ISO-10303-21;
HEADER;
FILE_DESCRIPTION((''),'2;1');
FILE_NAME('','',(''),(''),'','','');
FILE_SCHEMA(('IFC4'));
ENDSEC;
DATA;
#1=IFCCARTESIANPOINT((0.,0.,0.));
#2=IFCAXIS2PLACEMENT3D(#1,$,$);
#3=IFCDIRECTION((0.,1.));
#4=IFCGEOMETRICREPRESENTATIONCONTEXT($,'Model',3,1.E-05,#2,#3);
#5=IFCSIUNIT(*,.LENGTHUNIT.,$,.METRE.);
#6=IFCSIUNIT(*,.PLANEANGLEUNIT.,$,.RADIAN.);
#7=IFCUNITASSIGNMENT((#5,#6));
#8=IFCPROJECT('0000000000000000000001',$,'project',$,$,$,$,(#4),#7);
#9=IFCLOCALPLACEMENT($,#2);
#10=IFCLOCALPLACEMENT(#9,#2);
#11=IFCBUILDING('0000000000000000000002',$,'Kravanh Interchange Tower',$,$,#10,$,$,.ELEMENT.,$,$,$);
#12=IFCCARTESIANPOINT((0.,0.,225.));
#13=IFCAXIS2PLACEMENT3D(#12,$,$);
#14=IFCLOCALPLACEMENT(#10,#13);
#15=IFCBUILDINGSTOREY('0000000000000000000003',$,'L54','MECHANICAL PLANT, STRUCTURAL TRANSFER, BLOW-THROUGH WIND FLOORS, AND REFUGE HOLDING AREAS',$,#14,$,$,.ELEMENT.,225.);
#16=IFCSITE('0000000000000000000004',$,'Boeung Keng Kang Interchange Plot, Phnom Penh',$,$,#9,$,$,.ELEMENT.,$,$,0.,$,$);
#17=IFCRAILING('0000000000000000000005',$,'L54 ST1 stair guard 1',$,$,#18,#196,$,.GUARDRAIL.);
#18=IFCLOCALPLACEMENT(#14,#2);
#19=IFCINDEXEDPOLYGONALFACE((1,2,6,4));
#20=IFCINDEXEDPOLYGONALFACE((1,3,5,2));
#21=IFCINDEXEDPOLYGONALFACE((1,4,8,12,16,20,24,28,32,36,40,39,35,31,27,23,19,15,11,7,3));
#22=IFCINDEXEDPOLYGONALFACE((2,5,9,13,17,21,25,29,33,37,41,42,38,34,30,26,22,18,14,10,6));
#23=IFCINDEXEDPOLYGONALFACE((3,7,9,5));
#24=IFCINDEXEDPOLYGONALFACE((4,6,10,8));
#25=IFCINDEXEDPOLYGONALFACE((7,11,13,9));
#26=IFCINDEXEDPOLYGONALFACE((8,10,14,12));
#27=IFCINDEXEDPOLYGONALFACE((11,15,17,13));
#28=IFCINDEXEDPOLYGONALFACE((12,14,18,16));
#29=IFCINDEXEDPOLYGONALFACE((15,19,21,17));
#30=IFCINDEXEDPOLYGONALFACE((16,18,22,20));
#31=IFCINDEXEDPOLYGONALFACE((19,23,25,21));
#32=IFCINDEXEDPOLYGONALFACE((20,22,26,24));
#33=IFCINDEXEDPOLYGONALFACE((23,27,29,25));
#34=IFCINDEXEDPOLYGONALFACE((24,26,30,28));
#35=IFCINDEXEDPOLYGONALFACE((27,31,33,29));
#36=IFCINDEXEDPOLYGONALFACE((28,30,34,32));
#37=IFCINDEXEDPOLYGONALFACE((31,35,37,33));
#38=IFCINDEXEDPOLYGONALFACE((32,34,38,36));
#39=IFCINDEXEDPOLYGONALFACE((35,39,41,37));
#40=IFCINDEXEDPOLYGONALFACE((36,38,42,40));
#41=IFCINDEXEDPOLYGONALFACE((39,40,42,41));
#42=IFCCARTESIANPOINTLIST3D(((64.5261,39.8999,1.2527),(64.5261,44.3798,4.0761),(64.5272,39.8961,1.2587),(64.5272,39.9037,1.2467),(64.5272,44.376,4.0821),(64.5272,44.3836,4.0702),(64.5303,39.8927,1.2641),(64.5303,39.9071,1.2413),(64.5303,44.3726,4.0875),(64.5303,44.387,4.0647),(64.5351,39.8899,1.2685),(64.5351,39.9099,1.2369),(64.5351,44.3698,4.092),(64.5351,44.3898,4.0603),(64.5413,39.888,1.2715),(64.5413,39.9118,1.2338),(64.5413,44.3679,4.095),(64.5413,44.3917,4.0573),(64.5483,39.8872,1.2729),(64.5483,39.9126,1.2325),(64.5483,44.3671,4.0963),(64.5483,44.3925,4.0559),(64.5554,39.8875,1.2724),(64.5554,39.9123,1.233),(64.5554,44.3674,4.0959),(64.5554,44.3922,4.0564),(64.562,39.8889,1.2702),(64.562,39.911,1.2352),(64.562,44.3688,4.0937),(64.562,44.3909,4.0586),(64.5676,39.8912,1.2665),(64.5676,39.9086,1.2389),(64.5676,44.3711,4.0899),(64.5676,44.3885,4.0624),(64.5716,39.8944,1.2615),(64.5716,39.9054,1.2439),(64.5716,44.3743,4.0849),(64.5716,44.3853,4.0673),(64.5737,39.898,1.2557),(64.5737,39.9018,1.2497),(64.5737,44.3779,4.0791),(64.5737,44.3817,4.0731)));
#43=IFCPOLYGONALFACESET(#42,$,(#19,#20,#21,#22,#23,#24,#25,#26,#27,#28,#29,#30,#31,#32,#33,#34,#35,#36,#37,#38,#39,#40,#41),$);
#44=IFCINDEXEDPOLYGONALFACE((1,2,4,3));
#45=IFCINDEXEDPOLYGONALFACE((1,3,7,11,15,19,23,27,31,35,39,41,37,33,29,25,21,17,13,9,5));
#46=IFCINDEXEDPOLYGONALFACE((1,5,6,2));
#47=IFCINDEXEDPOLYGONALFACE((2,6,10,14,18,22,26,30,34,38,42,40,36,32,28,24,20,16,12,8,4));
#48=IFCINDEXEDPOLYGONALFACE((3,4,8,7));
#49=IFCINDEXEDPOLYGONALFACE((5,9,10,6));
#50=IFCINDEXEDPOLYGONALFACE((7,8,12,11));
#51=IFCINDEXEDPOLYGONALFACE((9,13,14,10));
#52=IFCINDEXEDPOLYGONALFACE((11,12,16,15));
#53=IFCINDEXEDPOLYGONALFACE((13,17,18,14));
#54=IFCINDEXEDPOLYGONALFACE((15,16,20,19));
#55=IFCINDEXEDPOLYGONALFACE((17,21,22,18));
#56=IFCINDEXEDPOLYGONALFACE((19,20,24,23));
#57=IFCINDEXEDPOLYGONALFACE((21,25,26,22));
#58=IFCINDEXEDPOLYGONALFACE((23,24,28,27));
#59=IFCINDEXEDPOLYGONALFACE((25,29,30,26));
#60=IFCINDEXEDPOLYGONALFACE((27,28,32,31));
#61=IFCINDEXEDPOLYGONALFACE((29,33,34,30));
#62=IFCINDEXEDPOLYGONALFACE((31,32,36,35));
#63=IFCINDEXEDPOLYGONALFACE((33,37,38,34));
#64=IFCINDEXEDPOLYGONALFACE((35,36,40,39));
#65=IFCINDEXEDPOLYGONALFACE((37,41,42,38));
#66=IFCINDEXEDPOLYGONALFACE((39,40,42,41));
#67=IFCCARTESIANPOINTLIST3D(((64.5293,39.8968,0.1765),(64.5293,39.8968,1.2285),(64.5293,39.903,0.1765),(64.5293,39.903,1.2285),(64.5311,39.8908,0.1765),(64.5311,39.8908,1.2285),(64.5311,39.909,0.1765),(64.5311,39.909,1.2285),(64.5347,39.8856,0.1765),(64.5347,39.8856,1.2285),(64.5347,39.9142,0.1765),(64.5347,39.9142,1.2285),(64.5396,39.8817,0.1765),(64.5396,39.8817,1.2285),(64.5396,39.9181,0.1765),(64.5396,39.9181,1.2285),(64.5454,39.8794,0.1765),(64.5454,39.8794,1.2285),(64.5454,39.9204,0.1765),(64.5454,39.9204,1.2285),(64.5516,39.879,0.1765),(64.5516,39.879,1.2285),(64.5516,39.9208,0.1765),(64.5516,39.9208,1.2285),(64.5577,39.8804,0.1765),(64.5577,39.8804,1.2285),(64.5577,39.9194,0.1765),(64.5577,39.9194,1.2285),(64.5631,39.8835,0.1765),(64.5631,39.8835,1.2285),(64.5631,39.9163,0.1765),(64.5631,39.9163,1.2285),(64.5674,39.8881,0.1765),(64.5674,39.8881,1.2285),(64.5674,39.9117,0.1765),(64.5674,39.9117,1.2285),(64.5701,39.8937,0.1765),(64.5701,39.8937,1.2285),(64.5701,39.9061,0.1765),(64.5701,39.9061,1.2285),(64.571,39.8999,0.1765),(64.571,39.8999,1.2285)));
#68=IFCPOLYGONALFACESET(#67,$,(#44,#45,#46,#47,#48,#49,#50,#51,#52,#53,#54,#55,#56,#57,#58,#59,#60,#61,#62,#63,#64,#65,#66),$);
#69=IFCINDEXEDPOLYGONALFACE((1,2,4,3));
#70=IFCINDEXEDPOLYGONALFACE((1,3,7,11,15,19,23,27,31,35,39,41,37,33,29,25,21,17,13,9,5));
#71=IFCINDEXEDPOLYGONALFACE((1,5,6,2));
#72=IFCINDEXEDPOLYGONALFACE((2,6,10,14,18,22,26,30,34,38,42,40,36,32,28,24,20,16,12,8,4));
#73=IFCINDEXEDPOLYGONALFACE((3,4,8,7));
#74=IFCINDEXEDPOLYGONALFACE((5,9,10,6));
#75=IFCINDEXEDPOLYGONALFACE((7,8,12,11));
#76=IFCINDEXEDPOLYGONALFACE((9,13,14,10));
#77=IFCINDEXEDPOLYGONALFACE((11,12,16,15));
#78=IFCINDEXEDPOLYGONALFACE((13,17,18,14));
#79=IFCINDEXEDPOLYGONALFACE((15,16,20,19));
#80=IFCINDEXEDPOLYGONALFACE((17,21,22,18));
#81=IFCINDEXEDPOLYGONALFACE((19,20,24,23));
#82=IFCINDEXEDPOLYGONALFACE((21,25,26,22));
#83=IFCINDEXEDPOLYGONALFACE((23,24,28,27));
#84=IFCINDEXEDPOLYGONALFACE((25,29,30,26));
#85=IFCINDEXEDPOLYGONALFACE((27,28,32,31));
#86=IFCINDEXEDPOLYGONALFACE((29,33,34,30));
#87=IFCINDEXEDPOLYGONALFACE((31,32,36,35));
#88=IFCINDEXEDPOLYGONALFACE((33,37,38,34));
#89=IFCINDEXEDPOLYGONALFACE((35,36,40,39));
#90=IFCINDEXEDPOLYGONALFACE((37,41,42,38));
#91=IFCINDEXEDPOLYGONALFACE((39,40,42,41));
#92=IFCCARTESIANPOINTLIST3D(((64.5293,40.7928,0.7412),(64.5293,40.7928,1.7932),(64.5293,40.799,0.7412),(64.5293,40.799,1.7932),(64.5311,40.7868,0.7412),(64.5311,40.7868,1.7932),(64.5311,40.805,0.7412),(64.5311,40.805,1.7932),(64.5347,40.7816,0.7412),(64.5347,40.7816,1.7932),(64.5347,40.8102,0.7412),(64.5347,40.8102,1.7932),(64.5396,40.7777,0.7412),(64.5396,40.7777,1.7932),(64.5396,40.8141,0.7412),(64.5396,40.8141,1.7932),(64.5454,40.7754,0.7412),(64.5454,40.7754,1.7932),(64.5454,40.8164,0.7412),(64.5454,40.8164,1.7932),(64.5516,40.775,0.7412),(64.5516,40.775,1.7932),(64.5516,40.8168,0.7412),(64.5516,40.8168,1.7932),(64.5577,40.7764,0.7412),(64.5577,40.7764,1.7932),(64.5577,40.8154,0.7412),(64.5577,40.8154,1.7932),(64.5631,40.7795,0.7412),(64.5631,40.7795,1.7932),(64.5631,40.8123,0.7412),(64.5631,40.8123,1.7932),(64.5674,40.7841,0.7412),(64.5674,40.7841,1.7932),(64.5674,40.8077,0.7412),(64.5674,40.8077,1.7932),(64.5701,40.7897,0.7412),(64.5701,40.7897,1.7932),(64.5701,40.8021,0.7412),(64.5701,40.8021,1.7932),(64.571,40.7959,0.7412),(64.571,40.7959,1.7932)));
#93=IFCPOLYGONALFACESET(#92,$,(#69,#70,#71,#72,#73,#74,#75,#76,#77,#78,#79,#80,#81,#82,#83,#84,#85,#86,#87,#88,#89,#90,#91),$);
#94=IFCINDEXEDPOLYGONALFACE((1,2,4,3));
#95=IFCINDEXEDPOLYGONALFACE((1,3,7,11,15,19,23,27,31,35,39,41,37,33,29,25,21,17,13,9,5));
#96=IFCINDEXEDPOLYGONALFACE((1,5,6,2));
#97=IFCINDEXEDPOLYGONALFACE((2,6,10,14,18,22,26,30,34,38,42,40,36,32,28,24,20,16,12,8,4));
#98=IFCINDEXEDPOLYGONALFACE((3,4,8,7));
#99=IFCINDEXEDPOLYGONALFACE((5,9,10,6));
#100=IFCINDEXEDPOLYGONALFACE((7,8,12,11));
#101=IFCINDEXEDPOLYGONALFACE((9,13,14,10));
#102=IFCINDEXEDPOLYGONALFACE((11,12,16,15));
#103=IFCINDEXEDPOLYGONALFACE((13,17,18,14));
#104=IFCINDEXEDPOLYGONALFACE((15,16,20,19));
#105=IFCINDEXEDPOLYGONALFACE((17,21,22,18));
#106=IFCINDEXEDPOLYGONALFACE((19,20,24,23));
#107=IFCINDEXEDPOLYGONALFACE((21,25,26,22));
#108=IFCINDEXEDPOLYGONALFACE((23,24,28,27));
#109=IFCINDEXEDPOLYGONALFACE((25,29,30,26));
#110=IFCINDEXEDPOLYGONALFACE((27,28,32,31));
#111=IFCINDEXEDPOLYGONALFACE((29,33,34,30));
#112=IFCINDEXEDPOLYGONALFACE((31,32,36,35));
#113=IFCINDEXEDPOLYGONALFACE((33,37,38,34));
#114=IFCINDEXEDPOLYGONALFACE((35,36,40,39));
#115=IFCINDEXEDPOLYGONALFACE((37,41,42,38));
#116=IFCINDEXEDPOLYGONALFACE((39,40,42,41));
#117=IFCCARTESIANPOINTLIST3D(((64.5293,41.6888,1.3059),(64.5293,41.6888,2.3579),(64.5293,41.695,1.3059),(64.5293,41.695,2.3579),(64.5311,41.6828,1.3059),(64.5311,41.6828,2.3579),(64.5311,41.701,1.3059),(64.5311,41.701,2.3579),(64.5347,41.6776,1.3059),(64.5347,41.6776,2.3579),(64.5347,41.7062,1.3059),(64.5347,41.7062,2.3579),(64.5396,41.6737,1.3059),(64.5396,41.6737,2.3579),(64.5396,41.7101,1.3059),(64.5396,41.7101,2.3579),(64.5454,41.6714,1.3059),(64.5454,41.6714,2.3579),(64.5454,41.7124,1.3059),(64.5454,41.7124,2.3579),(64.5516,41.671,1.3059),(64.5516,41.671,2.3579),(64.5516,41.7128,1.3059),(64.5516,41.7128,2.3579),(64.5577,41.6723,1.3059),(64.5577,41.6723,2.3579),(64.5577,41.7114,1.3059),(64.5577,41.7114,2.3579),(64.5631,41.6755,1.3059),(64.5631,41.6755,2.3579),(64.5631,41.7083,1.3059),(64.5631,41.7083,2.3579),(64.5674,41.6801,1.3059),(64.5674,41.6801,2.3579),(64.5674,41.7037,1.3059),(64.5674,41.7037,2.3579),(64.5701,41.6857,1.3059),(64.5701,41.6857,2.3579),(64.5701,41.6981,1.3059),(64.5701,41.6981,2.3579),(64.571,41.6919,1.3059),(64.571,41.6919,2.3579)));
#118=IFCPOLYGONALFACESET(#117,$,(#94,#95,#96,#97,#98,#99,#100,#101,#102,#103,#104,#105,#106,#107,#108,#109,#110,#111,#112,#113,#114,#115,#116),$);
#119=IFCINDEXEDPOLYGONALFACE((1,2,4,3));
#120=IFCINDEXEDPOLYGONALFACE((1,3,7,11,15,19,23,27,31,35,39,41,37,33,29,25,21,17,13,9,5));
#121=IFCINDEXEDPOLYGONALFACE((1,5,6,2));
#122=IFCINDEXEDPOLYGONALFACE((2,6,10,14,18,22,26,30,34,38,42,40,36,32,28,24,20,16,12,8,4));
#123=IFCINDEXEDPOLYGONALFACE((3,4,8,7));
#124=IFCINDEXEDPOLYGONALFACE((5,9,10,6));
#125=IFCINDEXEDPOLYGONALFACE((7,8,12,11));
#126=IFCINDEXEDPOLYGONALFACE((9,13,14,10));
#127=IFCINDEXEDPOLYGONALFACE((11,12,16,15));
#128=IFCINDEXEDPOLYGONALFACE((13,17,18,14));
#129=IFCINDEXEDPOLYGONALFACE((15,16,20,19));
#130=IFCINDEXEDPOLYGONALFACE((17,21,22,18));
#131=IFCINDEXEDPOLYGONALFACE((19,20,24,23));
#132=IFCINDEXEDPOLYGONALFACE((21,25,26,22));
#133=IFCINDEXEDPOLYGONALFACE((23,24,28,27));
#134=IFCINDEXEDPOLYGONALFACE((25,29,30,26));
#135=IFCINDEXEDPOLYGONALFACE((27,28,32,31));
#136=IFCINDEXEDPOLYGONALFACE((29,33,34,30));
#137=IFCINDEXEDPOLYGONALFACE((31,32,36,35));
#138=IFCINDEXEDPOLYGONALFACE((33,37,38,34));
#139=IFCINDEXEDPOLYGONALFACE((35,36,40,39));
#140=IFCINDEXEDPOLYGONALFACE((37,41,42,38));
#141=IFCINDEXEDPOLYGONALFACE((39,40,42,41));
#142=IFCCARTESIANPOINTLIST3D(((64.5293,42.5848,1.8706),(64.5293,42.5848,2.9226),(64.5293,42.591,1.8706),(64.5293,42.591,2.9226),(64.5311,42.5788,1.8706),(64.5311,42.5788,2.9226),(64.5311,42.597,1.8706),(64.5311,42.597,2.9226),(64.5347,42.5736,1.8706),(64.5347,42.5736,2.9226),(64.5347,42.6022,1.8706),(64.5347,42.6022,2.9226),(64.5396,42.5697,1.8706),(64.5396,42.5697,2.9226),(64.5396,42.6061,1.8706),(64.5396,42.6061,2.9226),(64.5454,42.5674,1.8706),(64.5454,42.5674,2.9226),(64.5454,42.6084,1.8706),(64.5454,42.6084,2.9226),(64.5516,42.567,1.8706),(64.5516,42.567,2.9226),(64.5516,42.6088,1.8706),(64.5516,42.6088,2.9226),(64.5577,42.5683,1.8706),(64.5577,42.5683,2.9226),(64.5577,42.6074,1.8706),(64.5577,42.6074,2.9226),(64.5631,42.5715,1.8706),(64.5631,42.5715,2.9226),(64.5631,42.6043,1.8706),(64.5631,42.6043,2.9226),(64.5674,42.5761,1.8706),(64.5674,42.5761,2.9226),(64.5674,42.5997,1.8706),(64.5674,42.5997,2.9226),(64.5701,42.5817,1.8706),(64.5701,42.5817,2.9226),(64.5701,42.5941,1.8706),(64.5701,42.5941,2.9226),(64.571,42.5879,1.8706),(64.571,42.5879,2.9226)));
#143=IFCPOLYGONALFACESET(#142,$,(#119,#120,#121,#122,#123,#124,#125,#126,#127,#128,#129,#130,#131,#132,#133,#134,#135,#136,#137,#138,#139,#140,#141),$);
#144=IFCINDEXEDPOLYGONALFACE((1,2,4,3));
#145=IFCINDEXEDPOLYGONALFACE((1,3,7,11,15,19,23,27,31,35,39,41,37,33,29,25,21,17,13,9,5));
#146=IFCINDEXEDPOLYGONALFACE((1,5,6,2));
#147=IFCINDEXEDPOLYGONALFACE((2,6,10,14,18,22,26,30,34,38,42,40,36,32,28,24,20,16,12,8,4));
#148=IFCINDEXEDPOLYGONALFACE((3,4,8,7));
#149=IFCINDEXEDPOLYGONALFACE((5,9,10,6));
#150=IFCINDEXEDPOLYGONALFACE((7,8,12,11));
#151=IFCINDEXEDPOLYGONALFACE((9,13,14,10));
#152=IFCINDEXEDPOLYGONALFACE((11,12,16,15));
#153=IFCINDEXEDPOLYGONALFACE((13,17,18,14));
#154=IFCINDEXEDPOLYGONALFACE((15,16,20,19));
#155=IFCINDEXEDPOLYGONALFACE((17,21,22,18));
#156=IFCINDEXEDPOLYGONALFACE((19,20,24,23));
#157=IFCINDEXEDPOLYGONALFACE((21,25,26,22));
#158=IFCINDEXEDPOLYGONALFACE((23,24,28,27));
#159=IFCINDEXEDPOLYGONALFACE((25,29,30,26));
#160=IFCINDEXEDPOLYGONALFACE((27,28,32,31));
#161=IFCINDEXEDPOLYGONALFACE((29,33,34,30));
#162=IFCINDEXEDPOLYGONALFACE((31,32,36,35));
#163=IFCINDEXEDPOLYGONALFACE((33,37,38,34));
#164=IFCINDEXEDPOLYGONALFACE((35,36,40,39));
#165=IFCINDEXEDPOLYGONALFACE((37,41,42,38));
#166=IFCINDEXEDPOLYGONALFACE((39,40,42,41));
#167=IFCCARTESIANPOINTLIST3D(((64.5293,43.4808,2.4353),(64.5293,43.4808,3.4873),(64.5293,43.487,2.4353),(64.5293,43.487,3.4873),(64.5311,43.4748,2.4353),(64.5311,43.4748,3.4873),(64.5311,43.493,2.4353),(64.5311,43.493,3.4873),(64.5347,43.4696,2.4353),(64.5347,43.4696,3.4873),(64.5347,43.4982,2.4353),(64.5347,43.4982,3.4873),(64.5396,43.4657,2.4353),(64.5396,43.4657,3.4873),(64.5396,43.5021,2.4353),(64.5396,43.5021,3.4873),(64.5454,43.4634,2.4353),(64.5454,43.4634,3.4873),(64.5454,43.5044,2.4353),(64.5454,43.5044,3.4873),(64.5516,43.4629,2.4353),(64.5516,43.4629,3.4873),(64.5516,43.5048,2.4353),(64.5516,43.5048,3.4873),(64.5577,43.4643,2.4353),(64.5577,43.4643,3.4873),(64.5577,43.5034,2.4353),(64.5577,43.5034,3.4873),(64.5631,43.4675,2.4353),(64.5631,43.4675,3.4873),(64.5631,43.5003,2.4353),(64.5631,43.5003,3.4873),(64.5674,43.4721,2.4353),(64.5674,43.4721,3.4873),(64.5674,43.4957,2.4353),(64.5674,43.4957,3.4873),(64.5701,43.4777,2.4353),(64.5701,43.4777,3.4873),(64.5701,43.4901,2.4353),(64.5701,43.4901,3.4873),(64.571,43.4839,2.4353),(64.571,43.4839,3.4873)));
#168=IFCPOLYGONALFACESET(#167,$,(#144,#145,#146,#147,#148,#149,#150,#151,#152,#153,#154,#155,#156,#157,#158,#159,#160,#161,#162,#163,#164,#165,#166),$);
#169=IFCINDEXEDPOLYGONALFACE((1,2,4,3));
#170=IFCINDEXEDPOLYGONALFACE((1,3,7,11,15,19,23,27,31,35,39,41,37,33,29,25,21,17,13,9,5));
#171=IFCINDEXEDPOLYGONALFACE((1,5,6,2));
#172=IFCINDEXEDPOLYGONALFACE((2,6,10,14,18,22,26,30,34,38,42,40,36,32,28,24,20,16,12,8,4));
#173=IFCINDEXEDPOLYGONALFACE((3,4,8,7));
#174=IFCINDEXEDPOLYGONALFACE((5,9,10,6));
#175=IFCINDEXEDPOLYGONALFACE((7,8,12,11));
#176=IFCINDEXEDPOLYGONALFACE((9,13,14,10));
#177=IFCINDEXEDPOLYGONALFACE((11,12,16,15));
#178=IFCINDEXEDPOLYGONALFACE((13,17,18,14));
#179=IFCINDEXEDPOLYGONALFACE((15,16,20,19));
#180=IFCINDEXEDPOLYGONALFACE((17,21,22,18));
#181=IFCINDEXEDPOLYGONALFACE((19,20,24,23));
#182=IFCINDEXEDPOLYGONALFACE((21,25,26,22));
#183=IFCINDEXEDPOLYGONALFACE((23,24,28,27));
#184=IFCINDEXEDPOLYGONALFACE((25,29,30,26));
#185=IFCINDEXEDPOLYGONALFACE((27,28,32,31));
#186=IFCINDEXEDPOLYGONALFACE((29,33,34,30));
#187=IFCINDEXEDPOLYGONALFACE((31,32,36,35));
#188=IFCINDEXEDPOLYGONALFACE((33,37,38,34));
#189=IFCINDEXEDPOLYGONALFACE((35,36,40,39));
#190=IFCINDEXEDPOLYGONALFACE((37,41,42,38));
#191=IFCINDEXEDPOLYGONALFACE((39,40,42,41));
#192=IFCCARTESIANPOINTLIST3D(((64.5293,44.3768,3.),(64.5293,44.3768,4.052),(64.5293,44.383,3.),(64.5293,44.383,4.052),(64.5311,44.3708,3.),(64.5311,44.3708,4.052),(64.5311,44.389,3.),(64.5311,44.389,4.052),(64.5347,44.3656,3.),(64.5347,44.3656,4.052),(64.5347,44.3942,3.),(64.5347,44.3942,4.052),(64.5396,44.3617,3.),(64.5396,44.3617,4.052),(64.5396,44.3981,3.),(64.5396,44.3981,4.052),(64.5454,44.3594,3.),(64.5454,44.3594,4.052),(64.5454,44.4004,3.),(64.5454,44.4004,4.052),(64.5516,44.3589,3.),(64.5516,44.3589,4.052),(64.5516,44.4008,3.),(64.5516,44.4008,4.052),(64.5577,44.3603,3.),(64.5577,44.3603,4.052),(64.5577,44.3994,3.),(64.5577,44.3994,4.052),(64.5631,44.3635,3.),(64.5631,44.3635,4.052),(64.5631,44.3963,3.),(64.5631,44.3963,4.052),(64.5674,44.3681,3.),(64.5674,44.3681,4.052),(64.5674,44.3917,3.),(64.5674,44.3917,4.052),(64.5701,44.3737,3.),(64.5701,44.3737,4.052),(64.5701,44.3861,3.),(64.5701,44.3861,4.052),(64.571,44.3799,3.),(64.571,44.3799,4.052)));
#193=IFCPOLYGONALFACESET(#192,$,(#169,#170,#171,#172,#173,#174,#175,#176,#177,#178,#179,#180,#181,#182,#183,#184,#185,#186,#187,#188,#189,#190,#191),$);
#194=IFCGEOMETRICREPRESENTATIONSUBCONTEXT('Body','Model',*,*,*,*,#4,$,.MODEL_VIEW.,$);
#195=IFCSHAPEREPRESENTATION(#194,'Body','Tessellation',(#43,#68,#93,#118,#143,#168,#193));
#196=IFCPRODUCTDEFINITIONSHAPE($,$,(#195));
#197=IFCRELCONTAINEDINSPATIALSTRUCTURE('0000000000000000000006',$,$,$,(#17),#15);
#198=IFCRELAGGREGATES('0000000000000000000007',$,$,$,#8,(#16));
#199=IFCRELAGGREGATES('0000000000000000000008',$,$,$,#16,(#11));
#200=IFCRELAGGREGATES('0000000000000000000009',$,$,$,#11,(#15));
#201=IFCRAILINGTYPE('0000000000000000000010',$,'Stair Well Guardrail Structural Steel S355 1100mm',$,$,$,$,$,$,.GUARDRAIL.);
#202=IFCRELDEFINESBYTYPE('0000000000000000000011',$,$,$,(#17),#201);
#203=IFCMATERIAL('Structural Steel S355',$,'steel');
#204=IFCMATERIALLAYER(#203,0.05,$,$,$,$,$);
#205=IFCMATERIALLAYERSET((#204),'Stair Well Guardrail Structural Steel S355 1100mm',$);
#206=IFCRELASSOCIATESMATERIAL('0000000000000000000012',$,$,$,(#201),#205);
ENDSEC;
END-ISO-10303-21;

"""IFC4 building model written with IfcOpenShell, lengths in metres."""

from ifc_helpers import new_model, si_unit, direction, frame, origin, origin_2d, place, context, subcontext, project, spatial, circle, extrude, material, layer, layer_set, type_object, element, save


model = new_model("IFC4")

# Units and contexts
model_context = context("Model", 3, precision=1e-05, world=origin(), true_north=direction((0.0, 1.0)))
body_context = subcontext(model_context, "Body", "Model", "MODEL_VIEW")
ifc_project = project(units=[si_unit("LENGTHUNIT", "METRE"), si_unit("PLANEANGLEUNIT", "RADIAN")], contexts=[model_context])

# Site, building, storey
site_placement = place(None, origin())
site = spatial("IfcSite", under=ifc_project, at=site_placement, Name="Boeung Keng Kang Interchange Plot, Phnom Penh", CompositionType="ELEMENT", RefElevation=0.0)
building_placement = place(site_placement, origin())
building = spatial("IfcBuilding", under=site, at=building_placement, Name="Kravanh Interchange Tower", CompositionType="ELEMENT")
storey_placement = place(building_placement, frame((0.0, 0.0, 225.0)))
storey = spatial("IfcBuildingStorey", under=building, at=storey_placement, Name="L54", Description="MECHANICAL PLANT, STRUCTURAL TRANSFER, BLOW-THROUGH WIND FLOORS, AND REFUGE HOLDING AREAS", CompositionType="ELEMENT", Elevation=225.0)

# Railing
ifc_material_1 = material(Name="Structural Steel S355", Category="steel")
ifc_layer_1 = layer(ifc_material_1, 0.05)
ifc_layer_set_1 = layer_set([ifc_layer_1], Name="Stair Well Guardrail Structural Steel S355 1100mm")
railing_type_1 = type_object("IfcRailingType", Name="Stair Well Guardrail Structural Steel S355 1100mm", PredefinedType="GUARDRAIL", material=ifc_layer_set_1)
railing_1_placement = place(storey_placement, frame((64.55, 39.8999, 0.1765)))
element("IfcRailing", 1, at=railing_1_placement, inside=storey, type_object=railing_type_1, Name="L54 ST1 stair guard 1", PredefinedType="GUARDRAIL", context=body_context, shape_type="SweptSolid", body=[
    extrude(circle(Radius=0.0239, at=origin_2d()), frame((0.0, 0.0, 1.0762), z_axis=(0.0, 0.845998, 0.533186), x_axis=(-1.0, 0.0, 0.0)), (0.0, 0.0, 1.0), 5.2954),
    extrude(circle(Radius=0.021, at=origin_2d()), origin(), (0.0, 0.0, 1.0), 1.052),
    extrude(circle(Radius=0.021, at=origin_2d()), frame((0.0, 0.896, 0.5647)), (0.0, 0.0, 1.0), 1.052),
    extrude(circle(Radius=0.021, at=origin_2d()), frame((0.0, 1.792, 1.1294)), (0.0, 0.0, 1.0), 1.052),
    extrude(circle(Radius=0.021, at=origin_2d()), frame((0.0, 2.688, 1.6941)), (0.0, 0.0, 1.0), 1.052),
    extrude(circle(Radius=0.021, at=origin_2d()), frame((0.0, 3.584, 2.2588)), (0.0, 0.0, 1.0), 1.052),
    extrude(circle(Radius=0.021, at=origin_2d()), frame((0.0, 4.48, 2.8235)), (0.0, 0.0, 1.0), 1.052),
])

save(model, "model.ifc")
